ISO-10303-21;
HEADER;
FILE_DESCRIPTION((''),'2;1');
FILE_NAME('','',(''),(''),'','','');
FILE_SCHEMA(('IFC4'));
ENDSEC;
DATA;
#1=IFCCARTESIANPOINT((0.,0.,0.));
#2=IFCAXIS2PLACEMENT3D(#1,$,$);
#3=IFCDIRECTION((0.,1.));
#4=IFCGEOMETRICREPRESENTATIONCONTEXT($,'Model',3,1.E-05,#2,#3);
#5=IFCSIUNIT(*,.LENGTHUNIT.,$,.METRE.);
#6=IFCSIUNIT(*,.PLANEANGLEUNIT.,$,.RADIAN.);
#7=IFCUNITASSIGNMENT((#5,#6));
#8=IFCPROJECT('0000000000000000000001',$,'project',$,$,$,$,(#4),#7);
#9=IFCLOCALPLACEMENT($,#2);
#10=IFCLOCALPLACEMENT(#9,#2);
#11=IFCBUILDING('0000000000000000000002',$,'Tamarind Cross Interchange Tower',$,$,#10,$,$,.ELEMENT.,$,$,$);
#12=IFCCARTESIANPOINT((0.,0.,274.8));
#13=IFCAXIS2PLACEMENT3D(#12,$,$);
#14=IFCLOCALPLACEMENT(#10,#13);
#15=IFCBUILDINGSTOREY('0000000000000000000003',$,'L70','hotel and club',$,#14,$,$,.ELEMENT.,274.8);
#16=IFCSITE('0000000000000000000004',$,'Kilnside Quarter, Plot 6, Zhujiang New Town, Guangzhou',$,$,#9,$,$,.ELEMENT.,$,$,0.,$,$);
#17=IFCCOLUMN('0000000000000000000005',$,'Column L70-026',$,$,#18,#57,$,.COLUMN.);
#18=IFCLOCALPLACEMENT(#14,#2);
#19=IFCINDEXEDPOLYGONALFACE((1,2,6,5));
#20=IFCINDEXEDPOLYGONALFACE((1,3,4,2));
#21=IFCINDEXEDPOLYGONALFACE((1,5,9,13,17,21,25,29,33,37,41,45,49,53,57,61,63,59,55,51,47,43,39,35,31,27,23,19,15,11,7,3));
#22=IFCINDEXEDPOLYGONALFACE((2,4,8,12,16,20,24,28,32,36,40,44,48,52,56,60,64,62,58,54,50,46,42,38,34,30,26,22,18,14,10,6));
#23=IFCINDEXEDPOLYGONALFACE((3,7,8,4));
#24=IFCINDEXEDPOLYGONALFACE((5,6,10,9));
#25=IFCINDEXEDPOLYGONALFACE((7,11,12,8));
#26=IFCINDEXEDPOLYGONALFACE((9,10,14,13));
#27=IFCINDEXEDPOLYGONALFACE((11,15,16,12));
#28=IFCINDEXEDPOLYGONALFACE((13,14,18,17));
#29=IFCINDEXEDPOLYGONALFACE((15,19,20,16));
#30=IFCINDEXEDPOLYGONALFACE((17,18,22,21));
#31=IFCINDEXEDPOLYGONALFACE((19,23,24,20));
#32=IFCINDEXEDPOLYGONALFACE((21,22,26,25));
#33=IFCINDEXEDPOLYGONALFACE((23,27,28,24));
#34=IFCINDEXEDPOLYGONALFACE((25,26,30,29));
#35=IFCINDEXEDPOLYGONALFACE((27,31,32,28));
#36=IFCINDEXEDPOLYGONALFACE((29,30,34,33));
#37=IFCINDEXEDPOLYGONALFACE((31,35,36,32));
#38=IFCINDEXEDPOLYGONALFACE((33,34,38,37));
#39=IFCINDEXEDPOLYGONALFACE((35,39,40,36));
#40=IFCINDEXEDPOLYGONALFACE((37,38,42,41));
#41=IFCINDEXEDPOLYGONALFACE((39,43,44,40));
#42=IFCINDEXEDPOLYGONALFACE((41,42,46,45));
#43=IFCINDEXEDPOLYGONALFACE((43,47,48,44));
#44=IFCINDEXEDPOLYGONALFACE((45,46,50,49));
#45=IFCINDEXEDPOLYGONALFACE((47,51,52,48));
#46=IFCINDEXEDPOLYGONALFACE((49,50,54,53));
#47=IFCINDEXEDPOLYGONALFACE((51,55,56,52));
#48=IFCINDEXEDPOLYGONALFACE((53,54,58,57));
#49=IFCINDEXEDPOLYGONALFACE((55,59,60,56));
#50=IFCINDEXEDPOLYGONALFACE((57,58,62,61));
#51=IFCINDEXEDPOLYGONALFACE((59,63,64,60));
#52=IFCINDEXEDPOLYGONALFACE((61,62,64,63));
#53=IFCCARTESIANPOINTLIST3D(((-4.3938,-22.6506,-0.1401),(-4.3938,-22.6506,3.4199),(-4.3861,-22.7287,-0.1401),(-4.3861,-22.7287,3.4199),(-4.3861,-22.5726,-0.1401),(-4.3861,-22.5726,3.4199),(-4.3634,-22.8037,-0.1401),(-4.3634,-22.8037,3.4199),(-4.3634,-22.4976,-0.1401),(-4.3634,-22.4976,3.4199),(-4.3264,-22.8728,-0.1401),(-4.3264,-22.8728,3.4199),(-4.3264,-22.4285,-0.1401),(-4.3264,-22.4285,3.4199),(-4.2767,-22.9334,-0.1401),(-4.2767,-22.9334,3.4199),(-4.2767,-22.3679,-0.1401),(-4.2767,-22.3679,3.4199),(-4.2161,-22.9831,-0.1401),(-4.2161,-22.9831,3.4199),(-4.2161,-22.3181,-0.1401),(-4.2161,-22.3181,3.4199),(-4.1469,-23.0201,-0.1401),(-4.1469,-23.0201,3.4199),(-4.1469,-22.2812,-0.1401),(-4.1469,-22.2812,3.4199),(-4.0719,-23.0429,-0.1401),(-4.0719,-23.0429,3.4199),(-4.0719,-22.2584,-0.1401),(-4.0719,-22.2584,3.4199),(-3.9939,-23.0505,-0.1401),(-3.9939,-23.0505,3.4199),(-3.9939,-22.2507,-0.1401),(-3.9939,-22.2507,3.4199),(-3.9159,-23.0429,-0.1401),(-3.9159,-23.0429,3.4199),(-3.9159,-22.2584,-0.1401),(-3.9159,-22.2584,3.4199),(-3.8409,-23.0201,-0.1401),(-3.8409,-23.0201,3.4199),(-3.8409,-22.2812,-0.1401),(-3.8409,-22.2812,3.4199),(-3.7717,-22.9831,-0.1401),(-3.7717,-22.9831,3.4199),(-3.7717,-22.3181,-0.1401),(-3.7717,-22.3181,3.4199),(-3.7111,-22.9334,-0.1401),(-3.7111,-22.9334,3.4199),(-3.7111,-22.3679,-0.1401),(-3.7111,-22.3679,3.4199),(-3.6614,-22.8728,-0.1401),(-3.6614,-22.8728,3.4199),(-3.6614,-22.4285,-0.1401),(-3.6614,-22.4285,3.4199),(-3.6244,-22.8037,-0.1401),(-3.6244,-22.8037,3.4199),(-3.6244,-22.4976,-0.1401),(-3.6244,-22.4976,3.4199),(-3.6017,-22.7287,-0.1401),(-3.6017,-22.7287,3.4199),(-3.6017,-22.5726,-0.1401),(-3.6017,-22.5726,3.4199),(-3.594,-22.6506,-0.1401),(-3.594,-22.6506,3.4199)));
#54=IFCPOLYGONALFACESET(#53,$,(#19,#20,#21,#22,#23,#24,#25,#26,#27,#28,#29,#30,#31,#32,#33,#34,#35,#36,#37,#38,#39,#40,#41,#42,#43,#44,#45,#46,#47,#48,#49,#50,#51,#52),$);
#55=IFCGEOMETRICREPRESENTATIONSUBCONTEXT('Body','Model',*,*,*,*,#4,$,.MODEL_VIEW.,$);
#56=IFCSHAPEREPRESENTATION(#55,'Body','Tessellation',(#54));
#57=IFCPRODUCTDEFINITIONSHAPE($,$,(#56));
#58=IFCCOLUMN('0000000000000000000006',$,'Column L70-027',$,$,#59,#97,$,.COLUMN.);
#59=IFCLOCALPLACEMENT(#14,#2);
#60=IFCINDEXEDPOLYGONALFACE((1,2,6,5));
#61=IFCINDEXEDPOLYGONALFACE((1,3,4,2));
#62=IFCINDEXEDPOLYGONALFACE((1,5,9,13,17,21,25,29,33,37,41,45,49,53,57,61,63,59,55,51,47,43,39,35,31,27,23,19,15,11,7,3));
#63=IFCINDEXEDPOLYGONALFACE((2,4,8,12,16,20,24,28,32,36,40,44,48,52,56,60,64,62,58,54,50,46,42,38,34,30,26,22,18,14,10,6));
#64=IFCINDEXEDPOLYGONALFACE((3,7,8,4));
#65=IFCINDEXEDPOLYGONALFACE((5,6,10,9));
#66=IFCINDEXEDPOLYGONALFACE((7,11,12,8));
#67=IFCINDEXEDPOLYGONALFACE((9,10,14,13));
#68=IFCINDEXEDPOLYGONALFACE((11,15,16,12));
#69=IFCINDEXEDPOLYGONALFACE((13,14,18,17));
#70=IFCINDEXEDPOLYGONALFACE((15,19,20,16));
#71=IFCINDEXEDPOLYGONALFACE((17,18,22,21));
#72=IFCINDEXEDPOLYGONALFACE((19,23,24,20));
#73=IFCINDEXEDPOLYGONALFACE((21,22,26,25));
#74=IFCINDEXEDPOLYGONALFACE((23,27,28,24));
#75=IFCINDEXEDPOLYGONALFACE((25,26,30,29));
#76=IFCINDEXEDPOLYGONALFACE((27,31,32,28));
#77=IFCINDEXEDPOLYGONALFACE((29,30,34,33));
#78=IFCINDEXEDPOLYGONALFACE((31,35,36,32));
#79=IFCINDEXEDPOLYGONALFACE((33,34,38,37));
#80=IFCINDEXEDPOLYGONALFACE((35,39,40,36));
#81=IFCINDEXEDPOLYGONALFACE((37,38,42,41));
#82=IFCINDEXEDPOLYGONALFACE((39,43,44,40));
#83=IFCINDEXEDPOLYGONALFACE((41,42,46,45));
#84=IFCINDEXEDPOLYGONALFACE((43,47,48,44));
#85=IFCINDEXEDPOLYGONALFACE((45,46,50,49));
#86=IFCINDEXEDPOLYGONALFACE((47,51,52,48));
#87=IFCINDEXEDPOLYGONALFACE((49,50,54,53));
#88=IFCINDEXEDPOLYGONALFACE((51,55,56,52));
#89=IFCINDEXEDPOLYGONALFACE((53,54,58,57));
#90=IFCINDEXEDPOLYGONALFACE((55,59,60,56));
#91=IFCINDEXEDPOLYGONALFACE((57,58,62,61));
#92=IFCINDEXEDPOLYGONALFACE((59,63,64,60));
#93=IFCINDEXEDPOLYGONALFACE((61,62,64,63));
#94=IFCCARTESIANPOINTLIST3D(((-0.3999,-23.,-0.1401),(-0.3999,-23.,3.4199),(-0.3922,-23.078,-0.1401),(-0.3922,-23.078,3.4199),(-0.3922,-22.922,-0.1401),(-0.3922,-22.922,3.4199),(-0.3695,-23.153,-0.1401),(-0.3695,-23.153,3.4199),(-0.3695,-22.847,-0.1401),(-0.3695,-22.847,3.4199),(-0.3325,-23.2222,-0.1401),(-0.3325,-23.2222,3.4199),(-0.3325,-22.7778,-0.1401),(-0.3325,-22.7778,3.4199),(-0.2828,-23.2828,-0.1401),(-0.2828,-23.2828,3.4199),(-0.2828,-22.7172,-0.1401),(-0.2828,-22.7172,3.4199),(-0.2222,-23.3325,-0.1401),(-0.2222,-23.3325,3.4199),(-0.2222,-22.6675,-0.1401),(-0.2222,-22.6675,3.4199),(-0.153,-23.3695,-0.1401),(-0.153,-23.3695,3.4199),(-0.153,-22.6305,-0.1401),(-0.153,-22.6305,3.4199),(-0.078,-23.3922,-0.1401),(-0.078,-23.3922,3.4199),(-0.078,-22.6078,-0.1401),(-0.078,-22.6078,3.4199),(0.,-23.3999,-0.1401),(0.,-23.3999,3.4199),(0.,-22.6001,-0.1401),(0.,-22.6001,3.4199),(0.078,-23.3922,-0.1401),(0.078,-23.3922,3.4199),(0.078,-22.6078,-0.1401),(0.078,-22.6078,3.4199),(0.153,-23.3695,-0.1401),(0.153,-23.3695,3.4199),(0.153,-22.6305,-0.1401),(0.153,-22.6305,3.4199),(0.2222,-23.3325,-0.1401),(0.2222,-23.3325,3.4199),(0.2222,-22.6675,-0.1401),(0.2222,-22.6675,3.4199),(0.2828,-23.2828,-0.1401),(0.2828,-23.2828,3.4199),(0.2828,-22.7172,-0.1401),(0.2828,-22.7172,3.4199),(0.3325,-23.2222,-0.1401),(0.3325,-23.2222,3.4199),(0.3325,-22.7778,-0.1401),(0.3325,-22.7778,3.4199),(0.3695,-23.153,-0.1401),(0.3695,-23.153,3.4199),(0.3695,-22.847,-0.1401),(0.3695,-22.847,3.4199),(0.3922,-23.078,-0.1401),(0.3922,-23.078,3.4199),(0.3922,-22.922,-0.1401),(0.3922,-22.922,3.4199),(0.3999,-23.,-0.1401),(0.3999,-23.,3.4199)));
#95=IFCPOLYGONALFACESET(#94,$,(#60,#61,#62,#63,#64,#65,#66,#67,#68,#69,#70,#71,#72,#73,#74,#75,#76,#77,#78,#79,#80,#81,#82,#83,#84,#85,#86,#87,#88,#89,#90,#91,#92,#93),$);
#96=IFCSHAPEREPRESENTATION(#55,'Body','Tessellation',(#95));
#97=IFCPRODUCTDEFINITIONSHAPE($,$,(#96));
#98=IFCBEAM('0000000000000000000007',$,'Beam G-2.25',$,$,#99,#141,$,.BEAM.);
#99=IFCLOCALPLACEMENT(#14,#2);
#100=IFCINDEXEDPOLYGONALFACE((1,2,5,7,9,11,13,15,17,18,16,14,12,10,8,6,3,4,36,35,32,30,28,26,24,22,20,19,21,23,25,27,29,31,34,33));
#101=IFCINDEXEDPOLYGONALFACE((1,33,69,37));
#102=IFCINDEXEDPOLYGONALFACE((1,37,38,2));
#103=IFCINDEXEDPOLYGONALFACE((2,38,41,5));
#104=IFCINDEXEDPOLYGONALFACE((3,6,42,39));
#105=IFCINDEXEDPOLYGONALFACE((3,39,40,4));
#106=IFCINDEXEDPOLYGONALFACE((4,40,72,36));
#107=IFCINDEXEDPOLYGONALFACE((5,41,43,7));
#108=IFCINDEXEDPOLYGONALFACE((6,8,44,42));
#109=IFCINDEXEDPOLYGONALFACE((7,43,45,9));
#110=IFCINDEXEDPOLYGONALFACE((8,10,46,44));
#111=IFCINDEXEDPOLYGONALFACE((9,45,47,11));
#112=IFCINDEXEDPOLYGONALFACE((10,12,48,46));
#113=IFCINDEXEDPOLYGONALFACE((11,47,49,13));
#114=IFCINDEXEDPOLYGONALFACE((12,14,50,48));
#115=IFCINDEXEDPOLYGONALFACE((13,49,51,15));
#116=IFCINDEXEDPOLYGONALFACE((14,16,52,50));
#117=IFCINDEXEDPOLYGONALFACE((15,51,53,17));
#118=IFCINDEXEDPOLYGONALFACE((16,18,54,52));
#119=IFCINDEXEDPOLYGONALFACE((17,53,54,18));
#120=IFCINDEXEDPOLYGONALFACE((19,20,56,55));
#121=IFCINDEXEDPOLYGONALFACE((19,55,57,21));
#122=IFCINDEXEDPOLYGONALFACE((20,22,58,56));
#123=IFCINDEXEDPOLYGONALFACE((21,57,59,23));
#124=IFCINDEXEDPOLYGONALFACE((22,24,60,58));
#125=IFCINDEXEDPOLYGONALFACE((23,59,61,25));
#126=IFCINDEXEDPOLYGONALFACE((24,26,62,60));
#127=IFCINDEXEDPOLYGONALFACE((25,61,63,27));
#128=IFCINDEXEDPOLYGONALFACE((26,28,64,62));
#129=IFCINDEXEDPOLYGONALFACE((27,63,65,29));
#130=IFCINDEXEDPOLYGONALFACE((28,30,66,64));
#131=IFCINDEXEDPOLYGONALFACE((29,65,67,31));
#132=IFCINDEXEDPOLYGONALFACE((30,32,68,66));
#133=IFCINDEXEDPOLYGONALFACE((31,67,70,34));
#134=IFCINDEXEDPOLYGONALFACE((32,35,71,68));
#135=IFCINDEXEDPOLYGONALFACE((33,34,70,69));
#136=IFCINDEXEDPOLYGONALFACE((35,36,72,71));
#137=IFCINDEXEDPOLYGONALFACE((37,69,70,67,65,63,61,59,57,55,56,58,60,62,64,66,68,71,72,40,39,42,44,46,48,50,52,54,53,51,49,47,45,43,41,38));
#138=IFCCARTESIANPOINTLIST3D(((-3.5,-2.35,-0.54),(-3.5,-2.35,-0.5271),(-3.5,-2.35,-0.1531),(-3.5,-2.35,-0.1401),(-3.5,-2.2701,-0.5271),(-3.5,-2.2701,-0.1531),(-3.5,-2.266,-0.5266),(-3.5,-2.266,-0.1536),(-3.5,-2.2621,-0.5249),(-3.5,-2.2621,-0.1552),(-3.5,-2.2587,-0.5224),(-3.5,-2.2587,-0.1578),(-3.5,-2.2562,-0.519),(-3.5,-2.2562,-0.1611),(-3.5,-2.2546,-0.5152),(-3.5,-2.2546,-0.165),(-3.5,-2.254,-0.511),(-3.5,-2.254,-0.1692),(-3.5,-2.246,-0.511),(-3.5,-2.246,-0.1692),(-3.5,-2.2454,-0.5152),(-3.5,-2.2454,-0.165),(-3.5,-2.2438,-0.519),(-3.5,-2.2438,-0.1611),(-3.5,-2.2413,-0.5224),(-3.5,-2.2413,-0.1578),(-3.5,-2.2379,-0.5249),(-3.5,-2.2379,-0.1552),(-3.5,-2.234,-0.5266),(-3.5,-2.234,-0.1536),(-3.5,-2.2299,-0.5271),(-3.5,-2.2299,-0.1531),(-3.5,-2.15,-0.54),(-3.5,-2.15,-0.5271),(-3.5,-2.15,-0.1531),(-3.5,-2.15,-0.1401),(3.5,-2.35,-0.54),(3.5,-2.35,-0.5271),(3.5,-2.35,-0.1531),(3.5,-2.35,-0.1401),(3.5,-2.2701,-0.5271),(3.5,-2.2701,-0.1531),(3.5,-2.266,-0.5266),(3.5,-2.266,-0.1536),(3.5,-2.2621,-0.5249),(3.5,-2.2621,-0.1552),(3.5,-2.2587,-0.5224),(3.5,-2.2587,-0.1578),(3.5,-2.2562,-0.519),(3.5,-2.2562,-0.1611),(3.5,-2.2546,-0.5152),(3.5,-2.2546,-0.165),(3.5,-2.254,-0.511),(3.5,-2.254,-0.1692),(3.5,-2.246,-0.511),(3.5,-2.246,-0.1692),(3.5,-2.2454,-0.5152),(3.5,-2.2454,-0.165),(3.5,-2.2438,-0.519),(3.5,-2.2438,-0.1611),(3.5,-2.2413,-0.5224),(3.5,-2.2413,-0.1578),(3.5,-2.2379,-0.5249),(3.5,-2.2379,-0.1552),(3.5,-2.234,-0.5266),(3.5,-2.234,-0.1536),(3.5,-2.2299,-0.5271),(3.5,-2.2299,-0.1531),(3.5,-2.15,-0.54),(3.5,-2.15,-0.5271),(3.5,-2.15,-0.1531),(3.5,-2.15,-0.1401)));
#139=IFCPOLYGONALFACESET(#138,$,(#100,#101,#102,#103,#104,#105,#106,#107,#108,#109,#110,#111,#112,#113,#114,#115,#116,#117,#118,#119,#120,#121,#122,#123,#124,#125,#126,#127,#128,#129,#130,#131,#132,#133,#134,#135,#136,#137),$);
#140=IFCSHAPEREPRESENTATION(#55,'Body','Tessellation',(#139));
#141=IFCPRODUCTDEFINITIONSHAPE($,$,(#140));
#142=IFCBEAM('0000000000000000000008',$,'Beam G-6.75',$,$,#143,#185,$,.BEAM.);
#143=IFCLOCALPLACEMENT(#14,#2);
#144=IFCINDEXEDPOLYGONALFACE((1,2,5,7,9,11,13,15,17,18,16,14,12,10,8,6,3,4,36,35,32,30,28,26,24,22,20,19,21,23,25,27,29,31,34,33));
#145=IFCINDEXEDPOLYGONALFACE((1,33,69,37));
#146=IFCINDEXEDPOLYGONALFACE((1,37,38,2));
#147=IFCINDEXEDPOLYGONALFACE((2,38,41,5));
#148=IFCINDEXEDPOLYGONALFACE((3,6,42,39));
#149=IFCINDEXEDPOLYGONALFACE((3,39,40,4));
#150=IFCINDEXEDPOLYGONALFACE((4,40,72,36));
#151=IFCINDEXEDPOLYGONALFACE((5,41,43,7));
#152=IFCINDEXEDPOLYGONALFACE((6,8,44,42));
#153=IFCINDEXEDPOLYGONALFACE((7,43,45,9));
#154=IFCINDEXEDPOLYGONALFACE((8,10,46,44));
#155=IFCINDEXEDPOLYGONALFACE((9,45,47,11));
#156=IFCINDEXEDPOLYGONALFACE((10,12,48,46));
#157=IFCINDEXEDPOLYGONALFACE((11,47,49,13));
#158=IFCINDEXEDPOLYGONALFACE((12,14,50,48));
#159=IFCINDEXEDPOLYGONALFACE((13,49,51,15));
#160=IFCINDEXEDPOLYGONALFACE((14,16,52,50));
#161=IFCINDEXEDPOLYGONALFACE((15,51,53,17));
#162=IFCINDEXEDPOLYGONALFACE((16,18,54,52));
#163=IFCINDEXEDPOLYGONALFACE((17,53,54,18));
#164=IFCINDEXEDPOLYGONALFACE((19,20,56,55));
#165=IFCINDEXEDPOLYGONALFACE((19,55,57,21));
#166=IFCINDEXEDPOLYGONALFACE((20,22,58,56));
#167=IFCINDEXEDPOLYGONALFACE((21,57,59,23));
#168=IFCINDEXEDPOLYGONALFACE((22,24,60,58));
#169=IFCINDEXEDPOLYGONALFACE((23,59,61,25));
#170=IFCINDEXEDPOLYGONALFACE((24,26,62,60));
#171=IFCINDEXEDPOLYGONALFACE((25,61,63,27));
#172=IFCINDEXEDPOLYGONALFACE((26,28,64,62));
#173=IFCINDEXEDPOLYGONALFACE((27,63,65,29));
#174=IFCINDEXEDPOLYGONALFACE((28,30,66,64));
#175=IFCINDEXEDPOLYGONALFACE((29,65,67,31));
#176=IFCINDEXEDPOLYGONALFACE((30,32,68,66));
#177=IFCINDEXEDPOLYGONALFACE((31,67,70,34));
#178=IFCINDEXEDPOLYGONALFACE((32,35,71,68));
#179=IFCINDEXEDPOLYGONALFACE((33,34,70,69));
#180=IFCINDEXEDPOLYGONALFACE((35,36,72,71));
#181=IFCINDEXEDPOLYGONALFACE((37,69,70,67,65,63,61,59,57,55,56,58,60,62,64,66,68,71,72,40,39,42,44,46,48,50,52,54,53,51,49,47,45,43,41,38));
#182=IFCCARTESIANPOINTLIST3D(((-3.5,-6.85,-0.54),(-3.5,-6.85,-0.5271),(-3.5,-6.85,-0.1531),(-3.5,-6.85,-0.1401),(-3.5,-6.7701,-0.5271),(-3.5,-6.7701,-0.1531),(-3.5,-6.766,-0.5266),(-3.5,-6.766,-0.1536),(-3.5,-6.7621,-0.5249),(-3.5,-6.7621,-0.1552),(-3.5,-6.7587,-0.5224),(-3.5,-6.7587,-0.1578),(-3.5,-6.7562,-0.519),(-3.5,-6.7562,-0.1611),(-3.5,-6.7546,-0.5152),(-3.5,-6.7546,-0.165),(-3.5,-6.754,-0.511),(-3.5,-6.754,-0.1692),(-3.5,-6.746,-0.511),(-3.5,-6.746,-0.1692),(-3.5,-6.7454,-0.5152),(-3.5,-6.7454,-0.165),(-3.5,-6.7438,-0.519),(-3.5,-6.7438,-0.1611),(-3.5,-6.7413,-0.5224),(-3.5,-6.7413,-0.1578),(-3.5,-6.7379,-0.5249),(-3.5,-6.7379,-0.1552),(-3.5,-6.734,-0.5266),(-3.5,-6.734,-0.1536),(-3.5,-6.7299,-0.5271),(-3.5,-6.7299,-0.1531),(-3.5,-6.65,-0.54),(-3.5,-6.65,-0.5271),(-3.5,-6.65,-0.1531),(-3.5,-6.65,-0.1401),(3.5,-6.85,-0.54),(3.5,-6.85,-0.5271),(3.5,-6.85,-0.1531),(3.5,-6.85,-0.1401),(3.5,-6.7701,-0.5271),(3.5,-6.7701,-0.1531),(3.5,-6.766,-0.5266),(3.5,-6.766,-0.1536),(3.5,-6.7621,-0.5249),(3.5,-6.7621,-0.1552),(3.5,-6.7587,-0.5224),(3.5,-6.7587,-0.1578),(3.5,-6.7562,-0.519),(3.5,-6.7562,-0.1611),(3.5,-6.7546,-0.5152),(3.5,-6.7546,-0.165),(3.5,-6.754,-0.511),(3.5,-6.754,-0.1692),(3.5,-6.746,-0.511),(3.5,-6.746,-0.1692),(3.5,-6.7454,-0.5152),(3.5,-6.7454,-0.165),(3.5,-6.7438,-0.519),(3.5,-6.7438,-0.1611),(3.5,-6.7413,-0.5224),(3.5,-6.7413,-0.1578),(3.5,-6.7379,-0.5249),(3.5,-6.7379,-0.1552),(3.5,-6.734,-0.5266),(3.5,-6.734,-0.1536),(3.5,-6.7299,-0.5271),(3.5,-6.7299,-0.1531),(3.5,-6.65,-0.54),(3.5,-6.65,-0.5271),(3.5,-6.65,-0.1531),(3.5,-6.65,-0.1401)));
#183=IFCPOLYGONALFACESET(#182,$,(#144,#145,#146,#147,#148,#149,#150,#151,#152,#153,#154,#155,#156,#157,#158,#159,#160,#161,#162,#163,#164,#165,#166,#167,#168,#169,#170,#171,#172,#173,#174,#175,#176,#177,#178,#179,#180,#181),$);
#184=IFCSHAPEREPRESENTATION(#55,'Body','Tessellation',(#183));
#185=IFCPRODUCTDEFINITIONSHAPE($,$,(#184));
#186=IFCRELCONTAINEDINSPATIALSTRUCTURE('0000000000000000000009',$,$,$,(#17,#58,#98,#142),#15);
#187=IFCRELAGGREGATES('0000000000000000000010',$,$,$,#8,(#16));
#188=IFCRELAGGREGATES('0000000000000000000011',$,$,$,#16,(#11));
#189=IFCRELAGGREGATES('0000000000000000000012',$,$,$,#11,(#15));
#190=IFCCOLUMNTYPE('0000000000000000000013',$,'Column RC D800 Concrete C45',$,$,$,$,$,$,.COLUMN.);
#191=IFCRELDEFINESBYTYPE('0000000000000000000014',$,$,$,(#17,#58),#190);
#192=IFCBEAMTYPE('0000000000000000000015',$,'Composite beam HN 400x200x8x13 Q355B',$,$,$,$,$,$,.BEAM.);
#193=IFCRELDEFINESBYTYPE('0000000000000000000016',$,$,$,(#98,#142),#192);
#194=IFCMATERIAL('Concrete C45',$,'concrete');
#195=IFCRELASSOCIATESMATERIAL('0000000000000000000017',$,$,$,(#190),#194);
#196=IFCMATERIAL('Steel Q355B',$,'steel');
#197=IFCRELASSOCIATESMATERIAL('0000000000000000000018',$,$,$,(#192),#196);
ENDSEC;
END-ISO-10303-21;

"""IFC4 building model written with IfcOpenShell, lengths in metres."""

from ifc_helpers import new_model, si_unit, direction, frame, origin, origin_2d, place, context, subcontext, project, spatial, circle, i_section, extrude, material, material_profile, profile_set, type_object, element, save


model = new_model("IFC4")

# Units and contexts
model_context = context("Model", 3, precision=1e-05, world=origin(), true_north=direction((0.0, 1.0)))
body_context = subcontext(model_context, "Body", "Model", "MODEL_VIEW")
ifc_project = project(units=[si_unit("LENGTHUNIT", "METRE"), si_unit("PLANEANGLEUNIT", "RADIAN")], contexts=[model_context])

# Site, building, storey
site_placement = place(None, origin())
site = spatial("IfcSite", under=ifc_project, at=site_placement, Name="Kilnside Quarter, Plot 6, Zhujiang New Town, Guangzhou", CompositionType="ELEMENT", RefElevation=0.0)
building_placement = place(site_placement, origin())
building = spatial("IfcBuilding", under=site, at=building_placement, Name="Tamarind Cross Interchange Tower", CompositionType="ELEMENT")
storey_placement = place(building_placement, frame((0.0, 0.0, 274.8)))
storey = spatial("IfcBuildingStorey", under=building, at=storey_placement, Name="L70", Description="hotel and club", CompositionType="ELEMENT", Elevation=274.8)

# Columns
ifc_material_1 = material(Name="Concrete C45", Category="concrete")
ifc_material_profile_1 = material_profile(ifc_material_1, circle(Radius=0.3999, at=origin_2d()), Name="RC D800")
ifc_profile_set_1 = profile_set([ifc_material_profile_1], Name="Concrete C45")
column_type = type_object("IfcColumnType", Name="Column RC D800 Concrete C45", PredefinedType="COLUMN", material=ifc_profile_set_1)
for number, where, z_axis, x_axis, name in (
    (1, (-3.9939, -22.6506, -0.1401), (0.0, 0.0, 1.0), (1.0, 0.0, 0.0), "Column L70-026"),
    (2, (0.0, -23.0, -0.1401), (0.0, 0.0, 1.0), (1.0, 0.0, 0.0), "Column L70-027"),
):
    element("IfcColumn", number, at=place(storey_placement, frame(where, z_axis=z_axis, x_axis=x_axis)), inside=storey, type_object=column_type, Name=name, PredefinedType="COLUMN", context=body_context, shape_type="SweptSolid", body=[
        extrude(circle(Radius=0.3999, at=origin_2d()), origin(), (0.0, 0.0, 1.0), 3.5601),
    ])

# Beams
ifc_material_2 = material(Name="Steel Q355B", Category="steel")
ifc_material_profile_2 = material_profile(ifc_material_2, i_section(OverallWidth=0.2, OverallDepth=0.3999, WebThickness=0.0081, FlangeThickness=0.0129, FilletRadius=0.0161, at=origin_2d()), Name="HN 400x200x8x13")
ifc_profile_set_2 = profile_set([ifc_material_profile_2], Name="Steel Q355B")
beam_type_1 = type_object("IfcBeamType", Name="Composite beam HN 400x200x8x13 Q355B", PredefinedType="BEAM", material=ifc_profile_set_2)
for number, where, z_axis, x_axis, name in (
    (3, (-3.5, -2.25, -0.3401), (1.0, 0.0, 0.0), (0.0, 1.0, 0.0), "Beam G-2.25"),
    (4, (-3.5, -6.75, -0.3401), (1.0, 0.0, 0.0), (0.0, 1.0, 0.0), "Beam G-6.75"),
):
    element("IfcBeam", number, at=place(storey_placement, frame(where, z_axis=z_axis, x_axis=x_axis)), inside=storey, type_object=beam_type_1, Name=name, PredefinedType="BEAM", context=body_context, shape_type="SweptSolid", body=[
        extrude(i_section(OverallWidth=0.2, OverallDepth=0.3999, WebThickness=0.0081, FlangeThickness=0.0129, FilletRadius=0.0161, at=origin_2d()), origin(), (0.0, 0.0, 1.0), 7.0),
    ])

save(model, "model.ifc")
